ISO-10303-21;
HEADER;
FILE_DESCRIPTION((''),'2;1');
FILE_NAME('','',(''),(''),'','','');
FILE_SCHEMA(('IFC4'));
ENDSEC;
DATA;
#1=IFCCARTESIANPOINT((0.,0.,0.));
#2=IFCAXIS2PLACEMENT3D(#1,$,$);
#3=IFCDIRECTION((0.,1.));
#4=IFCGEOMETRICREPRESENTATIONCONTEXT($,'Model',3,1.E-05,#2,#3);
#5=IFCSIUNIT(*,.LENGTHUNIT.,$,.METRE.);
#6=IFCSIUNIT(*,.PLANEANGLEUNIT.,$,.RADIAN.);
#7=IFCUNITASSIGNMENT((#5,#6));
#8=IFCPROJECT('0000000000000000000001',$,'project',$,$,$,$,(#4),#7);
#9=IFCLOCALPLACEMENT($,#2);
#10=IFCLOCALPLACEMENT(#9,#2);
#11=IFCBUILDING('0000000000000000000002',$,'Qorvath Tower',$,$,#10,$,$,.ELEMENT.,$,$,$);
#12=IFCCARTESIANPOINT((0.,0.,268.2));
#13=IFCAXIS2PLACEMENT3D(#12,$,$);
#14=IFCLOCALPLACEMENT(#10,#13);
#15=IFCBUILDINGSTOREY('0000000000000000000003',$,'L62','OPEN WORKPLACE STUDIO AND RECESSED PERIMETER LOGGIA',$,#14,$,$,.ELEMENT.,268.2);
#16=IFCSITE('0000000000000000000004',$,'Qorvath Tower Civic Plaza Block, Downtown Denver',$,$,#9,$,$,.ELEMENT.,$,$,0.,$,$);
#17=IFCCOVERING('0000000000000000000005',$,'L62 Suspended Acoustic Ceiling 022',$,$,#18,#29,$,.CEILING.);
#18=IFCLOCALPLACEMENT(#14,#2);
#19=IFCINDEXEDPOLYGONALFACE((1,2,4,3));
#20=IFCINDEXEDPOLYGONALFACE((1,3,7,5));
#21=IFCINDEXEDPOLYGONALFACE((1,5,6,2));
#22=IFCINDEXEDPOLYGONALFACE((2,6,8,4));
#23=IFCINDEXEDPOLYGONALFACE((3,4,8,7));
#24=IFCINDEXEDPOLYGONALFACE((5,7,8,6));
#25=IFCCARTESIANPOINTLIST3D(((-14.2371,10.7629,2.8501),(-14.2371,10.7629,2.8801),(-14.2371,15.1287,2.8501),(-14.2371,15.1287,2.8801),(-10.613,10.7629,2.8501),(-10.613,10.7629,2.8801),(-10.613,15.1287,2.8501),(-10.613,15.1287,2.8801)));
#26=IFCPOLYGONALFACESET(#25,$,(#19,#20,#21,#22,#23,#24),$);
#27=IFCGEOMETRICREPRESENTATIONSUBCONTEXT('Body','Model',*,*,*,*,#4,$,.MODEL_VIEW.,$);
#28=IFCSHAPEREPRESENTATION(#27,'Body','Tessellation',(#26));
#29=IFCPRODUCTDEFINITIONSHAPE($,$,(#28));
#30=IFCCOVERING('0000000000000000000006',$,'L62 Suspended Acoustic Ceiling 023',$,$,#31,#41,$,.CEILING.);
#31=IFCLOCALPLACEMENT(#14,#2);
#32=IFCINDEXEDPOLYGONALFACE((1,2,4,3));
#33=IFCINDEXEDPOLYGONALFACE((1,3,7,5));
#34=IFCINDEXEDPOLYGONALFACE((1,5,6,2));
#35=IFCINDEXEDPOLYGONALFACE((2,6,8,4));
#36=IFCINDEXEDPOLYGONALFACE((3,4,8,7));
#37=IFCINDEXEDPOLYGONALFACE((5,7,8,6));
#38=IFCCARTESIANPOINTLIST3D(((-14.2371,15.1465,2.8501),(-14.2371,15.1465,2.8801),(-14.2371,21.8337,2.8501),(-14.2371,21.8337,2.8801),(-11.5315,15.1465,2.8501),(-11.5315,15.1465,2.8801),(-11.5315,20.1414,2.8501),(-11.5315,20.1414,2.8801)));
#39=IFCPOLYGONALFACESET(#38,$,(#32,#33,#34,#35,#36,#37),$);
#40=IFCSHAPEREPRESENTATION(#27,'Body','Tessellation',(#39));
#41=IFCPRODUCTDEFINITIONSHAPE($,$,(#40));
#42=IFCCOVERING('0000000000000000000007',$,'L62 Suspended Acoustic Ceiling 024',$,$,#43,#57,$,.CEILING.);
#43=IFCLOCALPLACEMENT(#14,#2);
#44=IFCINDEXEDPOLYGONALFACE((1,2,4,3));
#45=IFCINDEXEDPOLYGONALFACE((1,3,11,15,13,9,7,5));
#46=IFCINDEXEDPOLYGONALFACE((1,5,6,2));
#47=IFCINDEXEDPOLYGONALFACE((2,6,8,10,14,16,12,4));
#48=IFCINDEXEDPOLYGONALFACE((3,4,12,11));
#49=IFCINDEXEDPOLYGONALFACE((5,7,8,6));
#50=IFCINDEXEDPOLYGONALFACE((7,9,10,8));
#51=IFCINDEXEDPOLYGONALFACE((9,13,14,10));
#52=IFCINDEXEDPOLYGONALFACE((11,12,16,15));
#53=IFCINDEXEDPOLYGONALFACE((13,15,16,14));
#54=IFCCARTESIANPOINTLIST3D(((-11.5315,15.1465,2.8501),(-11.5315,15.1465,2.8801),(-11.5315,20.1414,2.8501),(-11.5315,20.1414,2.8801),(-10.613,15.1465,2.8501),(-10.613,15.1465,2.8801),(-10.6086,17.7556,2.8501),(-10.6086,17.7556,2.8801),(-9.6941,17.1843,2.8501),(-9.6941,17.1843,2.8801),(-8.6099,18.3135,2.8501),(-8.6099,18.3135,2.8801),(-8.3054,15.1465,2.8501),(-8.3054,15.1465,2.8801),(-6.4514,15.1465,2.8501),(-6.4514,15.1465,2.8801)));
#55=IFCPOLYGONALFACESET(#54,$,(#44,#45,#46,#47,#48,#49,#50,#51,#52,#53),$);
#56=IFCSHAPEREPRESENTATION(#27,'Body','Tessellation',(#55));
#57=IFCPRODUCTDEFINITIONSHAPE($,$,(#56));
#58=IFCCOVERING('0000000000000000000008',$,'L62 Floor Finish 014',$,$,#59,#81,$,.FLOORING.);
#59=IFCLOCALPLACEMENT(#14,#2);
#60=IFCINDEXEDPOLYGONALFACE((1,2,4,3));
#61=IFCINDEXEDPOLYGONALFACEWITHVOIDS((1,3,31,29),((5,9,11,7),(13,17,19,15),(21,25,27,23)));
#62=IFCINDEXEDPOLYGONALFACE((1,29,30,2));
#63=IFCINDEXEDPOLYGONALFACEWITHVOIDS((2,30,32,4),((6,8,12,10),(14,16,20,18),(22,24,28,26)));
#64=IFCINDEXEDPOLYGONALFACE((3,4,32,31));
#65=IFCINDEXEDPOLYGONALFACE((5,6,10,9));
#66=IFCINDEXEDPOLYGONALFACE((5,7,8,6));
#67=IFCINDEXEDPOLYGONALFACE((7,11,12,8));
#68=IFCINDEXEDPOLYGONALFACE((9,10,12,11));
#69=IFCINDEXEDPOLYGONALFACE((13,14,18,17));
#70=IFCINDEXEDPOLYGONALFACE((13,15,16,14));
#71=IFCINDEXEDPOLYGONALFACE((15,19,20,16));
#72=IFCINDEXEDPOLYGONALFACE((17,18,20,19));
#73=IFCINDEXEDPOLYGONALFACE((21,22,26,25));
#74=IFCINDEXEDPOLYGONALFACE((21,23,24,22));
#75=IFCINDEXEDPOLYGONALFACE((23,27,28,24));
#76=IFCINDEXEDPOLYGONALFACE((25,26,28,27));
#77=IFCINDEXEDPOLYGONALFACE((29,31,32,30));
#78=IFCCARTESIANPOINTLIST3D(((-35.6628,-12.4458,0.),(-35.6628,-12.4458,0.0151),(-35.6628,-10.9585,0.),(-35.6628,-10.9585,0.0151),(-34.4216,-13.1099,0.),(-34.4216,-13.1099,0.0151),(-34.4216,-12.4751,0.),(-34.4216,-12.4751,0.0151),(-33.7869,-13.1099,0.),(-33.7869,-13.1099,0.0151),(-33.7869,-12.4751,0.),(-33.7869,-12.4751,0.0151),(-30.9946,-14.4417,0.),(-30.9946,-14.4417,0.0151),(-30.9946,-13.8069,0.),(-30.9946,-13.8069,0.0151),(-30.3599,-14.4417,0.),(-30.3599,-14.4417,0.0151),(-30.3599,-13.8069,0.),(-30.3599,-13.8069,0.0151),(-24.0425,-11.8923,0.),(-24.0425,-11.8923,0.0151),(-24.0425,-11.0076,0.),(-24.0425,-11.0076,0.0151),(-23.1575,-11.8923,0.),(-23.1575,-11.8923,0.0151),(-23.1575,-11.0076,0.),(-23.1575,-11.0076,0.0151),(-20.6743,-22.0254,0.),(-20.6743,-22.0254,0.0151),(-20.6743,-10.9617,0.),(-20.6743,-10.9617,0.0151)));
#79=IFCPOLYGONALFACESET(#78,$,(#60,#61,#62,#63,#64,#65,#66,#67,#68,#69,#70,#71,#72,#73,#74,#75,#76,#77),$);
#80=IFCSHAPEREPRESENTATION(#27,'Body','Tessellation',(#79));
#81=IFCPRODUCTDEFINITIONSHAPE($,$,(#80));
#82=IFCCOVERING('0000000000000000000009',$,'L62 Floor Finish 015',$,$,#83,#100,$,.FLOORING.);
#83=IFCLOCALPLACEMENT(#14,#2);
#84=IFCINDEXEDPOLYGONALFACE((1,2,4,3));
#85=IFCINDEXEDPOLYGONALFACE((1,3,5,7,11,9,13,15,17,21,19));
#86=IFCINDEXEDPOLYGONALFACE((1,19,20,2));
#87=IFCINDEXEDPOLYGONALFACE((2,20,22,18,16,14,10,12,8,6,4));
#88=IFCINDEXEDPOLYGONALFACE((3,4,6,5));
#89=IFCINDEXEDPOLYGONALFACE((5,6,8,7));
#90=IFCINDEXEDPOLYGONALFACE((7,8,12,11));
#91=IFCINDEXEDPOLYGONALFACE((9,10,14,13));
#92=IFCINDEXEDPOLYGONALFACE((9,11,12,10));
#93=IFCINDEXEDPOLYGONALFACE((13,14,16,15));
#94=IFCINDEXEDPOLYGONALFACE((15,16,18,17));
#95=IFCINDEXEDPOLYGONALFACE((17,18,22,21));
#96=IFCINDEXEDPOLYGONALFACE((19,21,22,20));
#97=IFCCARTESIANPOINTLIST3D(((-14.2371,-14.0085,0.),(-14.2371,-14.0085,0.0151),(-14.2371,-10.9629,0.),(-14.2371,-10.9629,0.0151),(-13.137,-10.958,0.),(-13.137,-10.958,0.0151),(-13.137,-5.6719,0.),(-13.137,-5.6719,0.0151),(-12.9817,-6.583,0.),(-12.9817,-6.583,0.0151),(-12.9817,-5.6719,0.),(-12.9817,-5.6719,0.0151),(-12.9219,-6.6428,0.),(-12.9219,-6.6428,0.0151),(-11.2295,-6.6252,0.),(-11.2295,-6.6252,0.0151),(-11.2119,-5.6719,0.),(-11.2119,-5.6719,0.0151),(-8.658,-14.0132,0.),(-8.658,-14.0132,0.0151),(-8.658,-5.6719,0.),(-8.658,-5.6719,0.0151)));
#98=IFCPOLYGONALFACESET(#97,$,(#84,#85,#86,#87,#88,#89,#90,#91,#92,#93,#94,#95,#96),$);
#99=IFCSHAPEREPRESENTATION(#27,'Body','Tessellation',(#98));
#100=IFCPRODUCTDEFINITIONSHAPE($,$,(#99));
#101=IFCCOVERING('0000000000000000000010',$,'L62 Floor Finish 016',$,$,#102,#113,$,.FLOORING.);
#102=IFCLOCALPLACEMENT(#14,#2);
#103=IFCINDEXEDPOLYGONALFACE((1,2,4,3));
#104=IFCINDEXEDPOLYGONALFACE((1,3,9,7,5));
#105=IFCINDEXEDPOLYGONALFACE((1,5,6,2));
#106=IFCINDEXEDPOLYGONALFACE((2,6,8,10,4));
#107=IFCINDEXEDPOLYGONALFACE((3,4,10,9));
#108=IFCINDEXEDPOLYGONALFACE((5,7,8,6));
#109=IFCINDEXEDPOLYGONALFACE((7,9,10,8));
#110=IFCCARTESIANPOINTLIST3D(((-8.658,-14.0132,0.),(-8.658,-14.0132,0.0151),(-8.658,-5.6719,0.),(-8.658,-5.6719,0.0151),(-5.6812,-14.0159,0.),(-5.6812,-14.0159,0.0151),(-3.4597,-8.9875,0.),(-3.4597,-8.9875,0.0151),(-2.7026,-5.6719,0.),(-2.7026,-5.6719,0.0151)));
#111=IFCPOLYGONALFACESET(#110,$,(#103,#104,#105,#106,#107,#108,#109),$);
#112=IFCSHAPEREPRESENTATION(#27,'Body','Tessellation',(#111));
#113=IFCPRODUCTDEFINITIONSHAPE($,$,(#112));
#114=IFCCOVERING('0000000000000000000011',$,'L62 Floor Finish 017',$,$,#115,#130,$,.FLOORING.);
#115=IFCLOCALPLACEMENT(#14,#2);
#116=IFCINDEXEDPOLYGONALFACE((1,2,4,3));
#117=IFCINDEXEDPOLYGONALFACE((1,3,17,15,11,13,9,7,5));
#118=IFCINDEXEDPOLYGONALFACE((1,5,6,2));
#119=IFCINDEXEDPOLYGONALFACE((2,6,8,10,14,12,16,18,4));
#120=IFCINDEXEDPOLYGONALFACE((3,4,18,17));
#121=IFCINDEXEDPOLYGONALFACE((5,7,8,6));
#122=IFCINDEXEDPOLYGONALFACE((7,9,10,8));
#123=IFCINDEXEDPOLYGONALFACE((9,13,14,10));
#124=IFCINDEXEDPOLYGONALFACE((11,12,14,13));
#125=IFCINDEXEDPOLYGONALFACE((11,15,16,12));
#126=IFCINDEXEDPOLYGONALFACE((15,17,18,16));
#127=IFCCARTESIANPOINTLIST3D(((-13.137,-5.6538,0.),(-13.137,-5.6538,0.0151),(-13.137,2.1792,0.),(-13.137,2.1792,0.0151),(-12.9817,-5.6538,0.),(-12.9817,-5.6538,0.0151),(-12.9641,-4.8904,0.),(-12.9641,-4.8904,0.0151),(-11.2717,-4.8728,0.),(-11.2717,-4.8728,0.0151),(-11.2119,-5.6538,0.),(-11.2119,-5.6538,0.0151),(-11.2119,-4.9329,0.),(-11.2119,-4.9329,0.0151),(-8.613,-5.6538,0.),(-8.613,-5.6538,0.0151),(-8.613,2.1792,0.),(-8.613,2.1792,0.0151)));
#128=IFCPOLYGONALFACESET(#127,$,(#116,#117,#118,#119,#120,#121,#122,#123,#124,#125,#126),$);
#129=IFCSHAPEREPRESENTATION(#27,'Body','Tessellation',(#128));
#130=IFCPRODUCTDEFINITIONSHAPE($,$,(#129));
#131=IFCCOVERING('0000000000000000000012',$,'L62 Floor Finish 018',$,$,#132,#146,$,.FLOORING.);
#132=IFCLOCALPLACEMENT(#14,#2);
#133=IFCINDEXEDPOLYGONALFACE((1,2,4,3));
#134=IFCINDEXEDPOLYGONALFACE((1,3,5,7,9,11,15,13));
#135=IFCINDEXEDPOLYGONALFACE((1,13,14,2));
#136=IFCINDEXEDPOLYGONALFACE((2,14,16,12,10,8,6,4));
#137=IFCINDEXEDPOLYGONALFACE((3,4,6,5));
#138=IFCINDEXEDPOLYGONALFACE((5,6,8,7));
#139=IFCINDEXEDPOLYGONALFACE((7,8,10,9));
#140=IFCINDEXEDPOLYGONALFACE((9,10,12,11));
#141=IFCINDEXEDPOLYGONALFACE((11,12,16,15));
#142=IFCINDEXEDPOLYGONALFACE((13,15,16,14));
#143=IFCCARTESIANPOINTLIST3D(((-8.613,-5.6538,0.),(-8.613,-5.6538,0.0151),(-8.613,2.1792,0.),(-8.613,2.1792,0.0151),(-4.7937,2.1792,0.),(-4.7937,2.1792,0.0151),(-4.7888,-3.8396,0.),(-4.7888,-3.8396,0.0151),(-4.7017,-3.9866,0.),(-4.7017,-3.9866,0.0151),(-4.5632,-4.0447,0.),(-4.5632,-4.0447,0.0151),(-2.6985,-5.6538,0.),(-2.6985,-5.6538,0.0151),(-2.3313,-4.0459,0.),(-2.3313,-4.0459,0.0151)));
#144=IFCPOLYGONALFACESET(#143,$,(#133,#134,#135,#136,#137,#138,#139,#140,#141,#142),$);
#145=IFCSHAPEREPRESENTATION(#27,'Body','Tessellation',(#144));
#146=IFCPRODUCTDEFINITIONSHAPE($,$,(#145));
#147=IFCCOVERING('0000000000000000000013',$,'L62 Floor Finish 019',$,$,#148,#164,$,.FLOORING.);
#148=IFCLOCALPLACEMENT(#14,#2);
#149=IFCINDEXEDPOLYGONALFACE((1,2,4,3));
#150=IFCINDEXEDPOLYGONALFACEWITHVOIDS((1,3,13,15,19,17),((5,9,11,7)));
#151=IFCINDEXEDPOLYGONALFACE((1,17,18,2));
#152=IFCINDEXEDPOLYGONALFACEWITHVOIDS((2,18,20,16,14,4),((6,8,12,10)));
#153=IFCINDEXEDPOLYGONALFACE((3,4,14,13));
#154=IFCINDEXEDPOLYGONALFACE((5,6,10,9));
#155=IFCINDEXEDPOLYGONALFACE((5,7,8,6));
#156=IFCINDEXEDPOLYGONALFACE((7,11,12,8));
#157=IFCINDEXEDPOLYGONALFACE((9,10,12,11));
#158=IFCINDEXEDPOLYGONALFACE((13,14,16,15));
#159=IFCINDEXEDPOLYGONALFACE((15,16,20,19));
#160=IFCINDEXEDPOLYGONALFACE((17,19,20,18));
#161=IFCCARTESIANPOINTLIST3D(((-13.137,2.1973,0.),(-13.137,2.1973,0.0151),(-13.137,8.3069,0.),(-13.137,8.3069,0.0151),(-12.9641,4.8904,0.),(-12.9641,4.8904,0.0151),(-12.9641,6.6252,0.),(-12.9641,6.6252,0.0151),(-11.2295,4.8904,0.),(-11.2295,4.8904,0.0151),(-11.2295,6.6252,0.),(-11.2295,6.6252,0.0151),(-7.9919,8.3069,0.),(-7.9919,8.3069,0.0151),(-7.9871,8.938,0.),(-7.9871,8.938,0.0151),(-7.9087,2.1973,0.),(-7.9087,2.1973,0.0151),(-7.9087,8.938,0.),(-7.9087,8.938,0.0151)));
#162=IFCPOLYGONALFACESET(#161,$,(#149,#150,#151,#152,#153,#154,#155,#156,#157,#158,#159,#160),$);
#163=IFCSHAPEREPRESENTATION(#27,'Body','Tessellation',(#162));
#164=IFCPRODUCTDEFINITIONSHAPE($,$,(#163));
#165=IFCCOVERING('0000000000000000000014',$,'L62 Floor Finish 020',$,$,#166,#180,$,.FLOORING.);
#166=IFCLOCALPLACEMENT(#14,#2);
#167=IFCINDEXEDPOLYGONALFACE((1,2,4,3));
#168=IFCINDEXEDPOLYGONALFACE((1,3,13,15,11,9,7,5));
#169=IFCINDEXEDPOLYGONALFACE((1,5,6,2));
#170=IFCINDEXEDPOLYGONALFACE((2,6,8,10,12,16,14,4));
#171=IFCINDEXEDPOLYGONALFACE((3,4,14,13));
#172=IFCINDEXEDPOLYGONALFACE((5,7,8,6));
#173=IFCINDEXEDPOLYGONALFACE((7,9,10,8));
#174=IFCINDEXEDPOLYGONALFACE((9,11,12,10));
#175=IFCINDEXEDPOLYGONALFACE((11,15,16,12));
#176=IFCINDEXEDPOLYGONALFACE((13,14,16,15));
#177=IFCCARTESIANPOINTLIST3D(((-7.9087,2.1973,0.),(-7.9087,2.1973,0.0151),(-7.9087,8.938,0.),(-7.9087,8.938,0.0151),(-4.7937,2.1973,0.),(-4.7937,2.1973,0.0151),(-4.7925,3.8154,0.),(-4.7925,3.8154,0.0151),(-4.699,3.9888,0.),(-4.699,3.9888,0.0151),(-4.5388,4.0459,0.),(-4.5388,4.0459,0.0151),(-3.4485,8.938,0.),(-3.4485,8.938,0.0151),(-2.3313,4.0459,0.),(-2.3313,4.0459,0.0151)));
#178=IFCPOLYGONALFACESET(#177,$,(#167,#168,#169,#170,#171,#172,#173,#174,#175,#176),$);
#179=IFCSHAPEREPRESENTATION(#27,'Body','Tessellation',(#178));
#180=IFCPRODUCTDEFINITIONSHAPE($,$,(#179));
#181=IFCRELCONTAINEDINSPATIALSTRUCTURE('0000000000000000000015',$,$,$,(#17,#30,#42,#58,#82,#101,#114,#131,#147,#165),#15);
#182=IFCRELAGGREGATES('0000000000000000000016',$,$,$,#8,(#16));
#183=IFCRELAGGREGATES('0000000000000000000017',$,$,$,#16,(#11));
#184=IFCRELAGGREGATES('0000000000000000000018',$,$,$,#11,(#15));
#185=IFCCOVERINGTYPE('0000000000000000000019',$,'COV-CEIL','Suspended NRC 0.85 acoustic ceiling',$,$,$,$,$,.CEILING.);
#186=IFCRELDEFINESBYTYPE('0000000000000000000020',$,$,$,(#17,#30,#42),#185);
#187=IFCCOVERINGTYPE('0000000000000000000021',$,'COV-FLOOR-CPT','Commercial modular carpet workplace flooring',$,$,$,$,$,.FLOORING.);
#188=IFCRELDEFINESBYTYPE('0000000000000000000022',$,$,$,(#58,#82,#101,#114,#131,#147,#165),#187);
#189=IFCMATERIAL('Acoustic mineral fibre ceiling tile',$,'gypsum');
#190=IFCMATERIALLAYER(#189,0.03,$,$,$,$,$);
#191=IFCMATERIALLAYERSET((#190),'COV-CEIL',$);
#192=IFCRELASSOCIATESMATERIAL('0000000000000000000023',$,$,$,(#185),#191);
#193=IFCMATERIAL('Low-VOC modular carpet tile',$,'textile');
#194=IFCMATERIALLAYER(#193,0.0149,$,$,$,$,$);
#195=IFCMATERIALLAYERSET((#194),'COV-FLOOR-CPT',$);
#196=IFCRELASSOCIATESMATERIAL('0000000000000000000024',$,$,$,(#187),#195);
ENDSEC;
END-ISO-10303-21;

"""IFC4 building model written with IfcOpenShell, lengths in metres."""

from ifc_helpers import new_model, si_unit, direction, frame, origin, place, context, subcontext, project, spatial, polyline, outline, extrude, material, layer, layer_set, type_object, element, save


model = new_model("IFC4")

# Units and contexts
model_context = context("Model", 3, precision=1e-05, world=origin(), true_north=direction((0.0, 1.0)))
body_context = subcontext(model_context, "Body", "Model", "MODEL_VIEW")
ifc_project = project(units=[si_unit("LENGTHUNIT", "METRE"), si_unit("PLANEANGLEUNIT", "RADIAN")], contexts=[model_context])

# Site, building, storey
site_placement = place(None, origin())
site = spatial("IfcSite", under=ifc_project, at=site_placement, Name="Qorvath Tower Civic Plaza Block, Downtown Denver", CompositionType="ELEMENT", RefElevation=0.0)
building_placement = place(site_placement, origin())
building = spatial("IfcBuilding", under=site, at=building_placement, Name="Qorvath Tower", CompositionType="ELEMENT")
storey_placement = place(building_placement, frame((0.0, 0.0, 268.2)))
storey = spatial("IfcBuildingStorey", under=building, at=storey_placement, Name="L62", Description="OPEN WORKPLACE STUDIO AND RECESSED PERIMETER LOGGIA", CompositionType="ELEMENT", Elevation=268.2)

# Coverings
ifc_material_1 = material(Name="Acoustic mineral fibre ceiling tile", Category="gypsum")
ifc_layer_1 = layer(ifc_material_1, 0.03)
ifc_layer_set_1 = layer_set([ifc_layer_1], Name="COV-CEIL")
covering_type_1 = type_object("IfcCoveringType", Name="COV-CEIL", Description="Suspended NRC 0.85 acoustic ceiling", PredefinedType="CEILING", material=ifc_layer_set_1)
covering_1_placement = place(storey_placement, frame((0.0, 0.0, 2.8501)))
element("IfcCovering", 1, at=covering_1_placement, inside=storey, type_object=covering_type_1, Name="L62 Suspended Acoustic Ceiling 022", PredefinedType="CEILING", context=body_context, shape_type="SweptSolid", body=[
    extrude(outline(polyline([(-10.613, 10.7629), (-10.613, 15.1287), (-14.2371, 15.1287), (-14.2371, 10.7629), (-10.613, 10.7629)])), origin(), (0.0, 0.0, 1.0), 0.03),
])
covering_2_placement = place(storey_placement, frame((0.0, 0.0, 2.8501)))
element("IfcCovering", 2, at=covering_2_placement, inside=storey, type_object=covering_type_1, Name="L62 Suspended Acoustic Ceiling 023", PredefinedType="CEILING", context=body_context, shape_type="SweptSolid", body=[
    extrude(outline(polyline([(-11.5315, 15.1465), (-11.5315, 20.1414), (-14.2371, 21.8337), (-14.2371, 15.1465), (-11.5315, 15.1465)])), origin(), (0.0, 0.0, 1.0), 0.03),
])
covering_3_placement = place(storey_placement, frame((0.0, 0.0, 2.8501)))
element("IfcCovering", 3, at=covering_3_placement, inside=storey, type_object=covering_type_1, Name="L62 Suspended Acoustic Ceiling 024", PredefinedType="CEILING", context=body_context, shape_type="SweptSolid", body=[
    extrude(outline(polyline([(-8.3054, 15.1465), (-6.4514, 15.1465), (-8.6099, 18.3135), (-11.5315, 20.1414), (-11.5315, 15.1465), (-10.613, 15.1465), (-10.6086, 17.7556), (-9.6941, 17.1843), (-8.3054, 15.1465)])), origin(), (0.0, 0.0, 1.0), 0.03),
])
ifc_material_2 = material(Name="Low-VOC modular carpet tile", Category="textile")
ifc_layer_2 = layer(ifc_material_2, 0.0149)
ifc_layer_set_2 = layer_set([ifc_layer_2], Name="COV-FLOOR-CPT")
covering_type_2 = type_object("IfcCoveringType", Name="COV-FLOOR-CPT", Description="Commercial modular carpet workplace flooring", PredefinedType="FLOORING", material=ifc_layer_set_2)
covering_4_placement = place(storey_placement, origin())
element("IfcCovering", 4, at=covering_4_placement, inside=storey, type_object=covering_type_2, Name="L62 Floor Finish 014", PredefinedType="FLOORING", context=body_context, shape_type="SweptSolid", body=[
    extrude(outline(polyline([(-35.6628, -10.9585), (-35.6628, -12.4458), (-20.6743, -22.0254), (-20.6743, -10.9617), (-35.6628, -10.9585)]), holes=[polyline([(-24.0425, -11.8923), (-24.0425, -11.0076), (-23.1575, -11.0076), (-23.1575, -11.8923), (-24.0425, -11.8923)]), polyline([(-30.9946, -14.4417), (-30.9946, -13.8069), (-30.3599, -13.8069), (-30.3599, -14.4417), (-30.9946, -14.4417)]), polyline([(-34.4216, -13.1099), (-34.4216, -12.4751), (-33.7869, -12.4751), (-33.7869, -13.1099), (-34.4216, -13.1099)])]), origin(), (0.0, 0.0, 1.0), 0.0151),
])
covering_5_placement = place(storey_placement, origin())
element("IfcCovering", 5, at=covering_5_placement, inside=storey, type_object=covering_type_2, Name="L62 Floor Finish 015", PredefinedType="FLOORING", context=body_context, shape_type="SweptSolid", body=[
    extrude(outline(polyline([(-14.2371, -14.0085), (-8.658, -14.0132), (-8.658, -5.6719), (-11.2119, -5.6719), (-11.2295, -6.6252), (-12.9219, -6.6428), (-12.9817, -6.583), (-12.9817, -5.6719), (-13.137, -5.6719), (-13.137, -10.958), (-14.2371, -10.9629), (-14.2371, -14.0085)])), origin(), (0.0, 0.0, 1.0), 0.0151),
])
covering_6_placement = place(storey_placement, origin())
element("IfcCovering", 6, at=covering_6_placement, inside=storey, type_object=covering_type_2, Name="L62 Floor Finish 016", PredefinedType="FLOORING", context=body_context, shape_type="SweptSolid", body=[
    extrude(outline(polyline([(-8.658, -5.6719), (-8.658, -14.0132), (-5.6812, -14.0159), (-3.4597, -8.9875), (-2.7026, -5.6719), (-8.658, -5.6719)])), origin(), (0.0, 0.0, 1.0), 0.0151),
])
covering_7_placement = place(storey_placement, origin())
element("IfcCovering", 7, at=covering_7_placement, inside=storey, type_object=covering_type_2, Name="L62 Floor Finish 017", PredefinedType="FLOORING", context=body_context, shape_type="SweptSolid", body=[
    extrude(outline(polyline([(-8.613, -5.6538), (-8.613, 2.1792), (-13.137, 2.1792), (-13.137, -5.6538), (-12.9817, -5.6538), (-12.9641, -4.8904), (-11.2717, -4.8728), (-11.2119, -4.9329), (-11.2119, -5.6538), (-8.613, -5.6538)])), origin(), (0.0, 0.0, 1.0), 0.0151),
])
covering_8_placement = place(storey_placement, origin())
element("IfcCovering", 8, at=covering_8_placement, inside=storey, type_object=covering_type_2, Name="L62 Floor Finish 018", PredefinedType="FLOORING", context=body_context, shape_type="SweptSolid", body=[
    extrude(outline(polyline([(-4.7017, -3.9866), (-4.7888, -3.8396), (-4.7937, 2.1792), (-8.613, 2.1792), (-8.613, -5.6538), (-2.6985, -5.6538), (-2.3313, -4.0459), (-4.5632, -4.0447), (-4.7017, -3.9866)])), origin(), (0.0, 0.0, 1.0), 0.0151),
])
covering_9_placement = place(storey_placement, origin())
element("IfcCovering", 9, at=covering_9_placement, inside=storey, type_object=covering_type_2, Name="L62 Floor Finish 019", PredefinedType="FLOORING", context=body_context, shape_type="SweptSolid", body=[
    extrude(outline(polyline([(-7.9087, 2.1973), (-7.9087, 8.938), (-7.9871, 8.938), (-7.9919, 8.3069), (-13.137, 8.3069), (-13.137, 2.1973), (-7.9087, 2.1973)]), holes=[polyline([(-12.9641, 4.8904), (-12.9641, 6.6252), (-11.2295, 6.6252), (-11.2295, 4.8904), (-12.9641, 4.8904)])]), origin(), (0.0, 0.0, 1.0), 0.0151),
])
covering_10_placement = place(storey_placement, origin())
element("IfcCovering", 10, at=covering_10_placement, inside=storey, type_object=covering_type_2, Name="L62 Floor Finish 020", PredefinedType="FLOORING", context=body_context, shape_type="SweptSolid", body=[
    extrude(outline(polyline([(-4.699, 3.9888), (-4.5388, 4.0459), (-2.3313, 4.0459), (-3.4485, 8.938), (-7.9087, 8.938), (-7.9087, 2.1973), (-4.7937, 2.1973), (-4.7925, 3.8154), (-4.699, 3.9888)])), origin(), (0.0, 0.0, 1.0), 0.0151),
])

save(model, "model.ifc")
